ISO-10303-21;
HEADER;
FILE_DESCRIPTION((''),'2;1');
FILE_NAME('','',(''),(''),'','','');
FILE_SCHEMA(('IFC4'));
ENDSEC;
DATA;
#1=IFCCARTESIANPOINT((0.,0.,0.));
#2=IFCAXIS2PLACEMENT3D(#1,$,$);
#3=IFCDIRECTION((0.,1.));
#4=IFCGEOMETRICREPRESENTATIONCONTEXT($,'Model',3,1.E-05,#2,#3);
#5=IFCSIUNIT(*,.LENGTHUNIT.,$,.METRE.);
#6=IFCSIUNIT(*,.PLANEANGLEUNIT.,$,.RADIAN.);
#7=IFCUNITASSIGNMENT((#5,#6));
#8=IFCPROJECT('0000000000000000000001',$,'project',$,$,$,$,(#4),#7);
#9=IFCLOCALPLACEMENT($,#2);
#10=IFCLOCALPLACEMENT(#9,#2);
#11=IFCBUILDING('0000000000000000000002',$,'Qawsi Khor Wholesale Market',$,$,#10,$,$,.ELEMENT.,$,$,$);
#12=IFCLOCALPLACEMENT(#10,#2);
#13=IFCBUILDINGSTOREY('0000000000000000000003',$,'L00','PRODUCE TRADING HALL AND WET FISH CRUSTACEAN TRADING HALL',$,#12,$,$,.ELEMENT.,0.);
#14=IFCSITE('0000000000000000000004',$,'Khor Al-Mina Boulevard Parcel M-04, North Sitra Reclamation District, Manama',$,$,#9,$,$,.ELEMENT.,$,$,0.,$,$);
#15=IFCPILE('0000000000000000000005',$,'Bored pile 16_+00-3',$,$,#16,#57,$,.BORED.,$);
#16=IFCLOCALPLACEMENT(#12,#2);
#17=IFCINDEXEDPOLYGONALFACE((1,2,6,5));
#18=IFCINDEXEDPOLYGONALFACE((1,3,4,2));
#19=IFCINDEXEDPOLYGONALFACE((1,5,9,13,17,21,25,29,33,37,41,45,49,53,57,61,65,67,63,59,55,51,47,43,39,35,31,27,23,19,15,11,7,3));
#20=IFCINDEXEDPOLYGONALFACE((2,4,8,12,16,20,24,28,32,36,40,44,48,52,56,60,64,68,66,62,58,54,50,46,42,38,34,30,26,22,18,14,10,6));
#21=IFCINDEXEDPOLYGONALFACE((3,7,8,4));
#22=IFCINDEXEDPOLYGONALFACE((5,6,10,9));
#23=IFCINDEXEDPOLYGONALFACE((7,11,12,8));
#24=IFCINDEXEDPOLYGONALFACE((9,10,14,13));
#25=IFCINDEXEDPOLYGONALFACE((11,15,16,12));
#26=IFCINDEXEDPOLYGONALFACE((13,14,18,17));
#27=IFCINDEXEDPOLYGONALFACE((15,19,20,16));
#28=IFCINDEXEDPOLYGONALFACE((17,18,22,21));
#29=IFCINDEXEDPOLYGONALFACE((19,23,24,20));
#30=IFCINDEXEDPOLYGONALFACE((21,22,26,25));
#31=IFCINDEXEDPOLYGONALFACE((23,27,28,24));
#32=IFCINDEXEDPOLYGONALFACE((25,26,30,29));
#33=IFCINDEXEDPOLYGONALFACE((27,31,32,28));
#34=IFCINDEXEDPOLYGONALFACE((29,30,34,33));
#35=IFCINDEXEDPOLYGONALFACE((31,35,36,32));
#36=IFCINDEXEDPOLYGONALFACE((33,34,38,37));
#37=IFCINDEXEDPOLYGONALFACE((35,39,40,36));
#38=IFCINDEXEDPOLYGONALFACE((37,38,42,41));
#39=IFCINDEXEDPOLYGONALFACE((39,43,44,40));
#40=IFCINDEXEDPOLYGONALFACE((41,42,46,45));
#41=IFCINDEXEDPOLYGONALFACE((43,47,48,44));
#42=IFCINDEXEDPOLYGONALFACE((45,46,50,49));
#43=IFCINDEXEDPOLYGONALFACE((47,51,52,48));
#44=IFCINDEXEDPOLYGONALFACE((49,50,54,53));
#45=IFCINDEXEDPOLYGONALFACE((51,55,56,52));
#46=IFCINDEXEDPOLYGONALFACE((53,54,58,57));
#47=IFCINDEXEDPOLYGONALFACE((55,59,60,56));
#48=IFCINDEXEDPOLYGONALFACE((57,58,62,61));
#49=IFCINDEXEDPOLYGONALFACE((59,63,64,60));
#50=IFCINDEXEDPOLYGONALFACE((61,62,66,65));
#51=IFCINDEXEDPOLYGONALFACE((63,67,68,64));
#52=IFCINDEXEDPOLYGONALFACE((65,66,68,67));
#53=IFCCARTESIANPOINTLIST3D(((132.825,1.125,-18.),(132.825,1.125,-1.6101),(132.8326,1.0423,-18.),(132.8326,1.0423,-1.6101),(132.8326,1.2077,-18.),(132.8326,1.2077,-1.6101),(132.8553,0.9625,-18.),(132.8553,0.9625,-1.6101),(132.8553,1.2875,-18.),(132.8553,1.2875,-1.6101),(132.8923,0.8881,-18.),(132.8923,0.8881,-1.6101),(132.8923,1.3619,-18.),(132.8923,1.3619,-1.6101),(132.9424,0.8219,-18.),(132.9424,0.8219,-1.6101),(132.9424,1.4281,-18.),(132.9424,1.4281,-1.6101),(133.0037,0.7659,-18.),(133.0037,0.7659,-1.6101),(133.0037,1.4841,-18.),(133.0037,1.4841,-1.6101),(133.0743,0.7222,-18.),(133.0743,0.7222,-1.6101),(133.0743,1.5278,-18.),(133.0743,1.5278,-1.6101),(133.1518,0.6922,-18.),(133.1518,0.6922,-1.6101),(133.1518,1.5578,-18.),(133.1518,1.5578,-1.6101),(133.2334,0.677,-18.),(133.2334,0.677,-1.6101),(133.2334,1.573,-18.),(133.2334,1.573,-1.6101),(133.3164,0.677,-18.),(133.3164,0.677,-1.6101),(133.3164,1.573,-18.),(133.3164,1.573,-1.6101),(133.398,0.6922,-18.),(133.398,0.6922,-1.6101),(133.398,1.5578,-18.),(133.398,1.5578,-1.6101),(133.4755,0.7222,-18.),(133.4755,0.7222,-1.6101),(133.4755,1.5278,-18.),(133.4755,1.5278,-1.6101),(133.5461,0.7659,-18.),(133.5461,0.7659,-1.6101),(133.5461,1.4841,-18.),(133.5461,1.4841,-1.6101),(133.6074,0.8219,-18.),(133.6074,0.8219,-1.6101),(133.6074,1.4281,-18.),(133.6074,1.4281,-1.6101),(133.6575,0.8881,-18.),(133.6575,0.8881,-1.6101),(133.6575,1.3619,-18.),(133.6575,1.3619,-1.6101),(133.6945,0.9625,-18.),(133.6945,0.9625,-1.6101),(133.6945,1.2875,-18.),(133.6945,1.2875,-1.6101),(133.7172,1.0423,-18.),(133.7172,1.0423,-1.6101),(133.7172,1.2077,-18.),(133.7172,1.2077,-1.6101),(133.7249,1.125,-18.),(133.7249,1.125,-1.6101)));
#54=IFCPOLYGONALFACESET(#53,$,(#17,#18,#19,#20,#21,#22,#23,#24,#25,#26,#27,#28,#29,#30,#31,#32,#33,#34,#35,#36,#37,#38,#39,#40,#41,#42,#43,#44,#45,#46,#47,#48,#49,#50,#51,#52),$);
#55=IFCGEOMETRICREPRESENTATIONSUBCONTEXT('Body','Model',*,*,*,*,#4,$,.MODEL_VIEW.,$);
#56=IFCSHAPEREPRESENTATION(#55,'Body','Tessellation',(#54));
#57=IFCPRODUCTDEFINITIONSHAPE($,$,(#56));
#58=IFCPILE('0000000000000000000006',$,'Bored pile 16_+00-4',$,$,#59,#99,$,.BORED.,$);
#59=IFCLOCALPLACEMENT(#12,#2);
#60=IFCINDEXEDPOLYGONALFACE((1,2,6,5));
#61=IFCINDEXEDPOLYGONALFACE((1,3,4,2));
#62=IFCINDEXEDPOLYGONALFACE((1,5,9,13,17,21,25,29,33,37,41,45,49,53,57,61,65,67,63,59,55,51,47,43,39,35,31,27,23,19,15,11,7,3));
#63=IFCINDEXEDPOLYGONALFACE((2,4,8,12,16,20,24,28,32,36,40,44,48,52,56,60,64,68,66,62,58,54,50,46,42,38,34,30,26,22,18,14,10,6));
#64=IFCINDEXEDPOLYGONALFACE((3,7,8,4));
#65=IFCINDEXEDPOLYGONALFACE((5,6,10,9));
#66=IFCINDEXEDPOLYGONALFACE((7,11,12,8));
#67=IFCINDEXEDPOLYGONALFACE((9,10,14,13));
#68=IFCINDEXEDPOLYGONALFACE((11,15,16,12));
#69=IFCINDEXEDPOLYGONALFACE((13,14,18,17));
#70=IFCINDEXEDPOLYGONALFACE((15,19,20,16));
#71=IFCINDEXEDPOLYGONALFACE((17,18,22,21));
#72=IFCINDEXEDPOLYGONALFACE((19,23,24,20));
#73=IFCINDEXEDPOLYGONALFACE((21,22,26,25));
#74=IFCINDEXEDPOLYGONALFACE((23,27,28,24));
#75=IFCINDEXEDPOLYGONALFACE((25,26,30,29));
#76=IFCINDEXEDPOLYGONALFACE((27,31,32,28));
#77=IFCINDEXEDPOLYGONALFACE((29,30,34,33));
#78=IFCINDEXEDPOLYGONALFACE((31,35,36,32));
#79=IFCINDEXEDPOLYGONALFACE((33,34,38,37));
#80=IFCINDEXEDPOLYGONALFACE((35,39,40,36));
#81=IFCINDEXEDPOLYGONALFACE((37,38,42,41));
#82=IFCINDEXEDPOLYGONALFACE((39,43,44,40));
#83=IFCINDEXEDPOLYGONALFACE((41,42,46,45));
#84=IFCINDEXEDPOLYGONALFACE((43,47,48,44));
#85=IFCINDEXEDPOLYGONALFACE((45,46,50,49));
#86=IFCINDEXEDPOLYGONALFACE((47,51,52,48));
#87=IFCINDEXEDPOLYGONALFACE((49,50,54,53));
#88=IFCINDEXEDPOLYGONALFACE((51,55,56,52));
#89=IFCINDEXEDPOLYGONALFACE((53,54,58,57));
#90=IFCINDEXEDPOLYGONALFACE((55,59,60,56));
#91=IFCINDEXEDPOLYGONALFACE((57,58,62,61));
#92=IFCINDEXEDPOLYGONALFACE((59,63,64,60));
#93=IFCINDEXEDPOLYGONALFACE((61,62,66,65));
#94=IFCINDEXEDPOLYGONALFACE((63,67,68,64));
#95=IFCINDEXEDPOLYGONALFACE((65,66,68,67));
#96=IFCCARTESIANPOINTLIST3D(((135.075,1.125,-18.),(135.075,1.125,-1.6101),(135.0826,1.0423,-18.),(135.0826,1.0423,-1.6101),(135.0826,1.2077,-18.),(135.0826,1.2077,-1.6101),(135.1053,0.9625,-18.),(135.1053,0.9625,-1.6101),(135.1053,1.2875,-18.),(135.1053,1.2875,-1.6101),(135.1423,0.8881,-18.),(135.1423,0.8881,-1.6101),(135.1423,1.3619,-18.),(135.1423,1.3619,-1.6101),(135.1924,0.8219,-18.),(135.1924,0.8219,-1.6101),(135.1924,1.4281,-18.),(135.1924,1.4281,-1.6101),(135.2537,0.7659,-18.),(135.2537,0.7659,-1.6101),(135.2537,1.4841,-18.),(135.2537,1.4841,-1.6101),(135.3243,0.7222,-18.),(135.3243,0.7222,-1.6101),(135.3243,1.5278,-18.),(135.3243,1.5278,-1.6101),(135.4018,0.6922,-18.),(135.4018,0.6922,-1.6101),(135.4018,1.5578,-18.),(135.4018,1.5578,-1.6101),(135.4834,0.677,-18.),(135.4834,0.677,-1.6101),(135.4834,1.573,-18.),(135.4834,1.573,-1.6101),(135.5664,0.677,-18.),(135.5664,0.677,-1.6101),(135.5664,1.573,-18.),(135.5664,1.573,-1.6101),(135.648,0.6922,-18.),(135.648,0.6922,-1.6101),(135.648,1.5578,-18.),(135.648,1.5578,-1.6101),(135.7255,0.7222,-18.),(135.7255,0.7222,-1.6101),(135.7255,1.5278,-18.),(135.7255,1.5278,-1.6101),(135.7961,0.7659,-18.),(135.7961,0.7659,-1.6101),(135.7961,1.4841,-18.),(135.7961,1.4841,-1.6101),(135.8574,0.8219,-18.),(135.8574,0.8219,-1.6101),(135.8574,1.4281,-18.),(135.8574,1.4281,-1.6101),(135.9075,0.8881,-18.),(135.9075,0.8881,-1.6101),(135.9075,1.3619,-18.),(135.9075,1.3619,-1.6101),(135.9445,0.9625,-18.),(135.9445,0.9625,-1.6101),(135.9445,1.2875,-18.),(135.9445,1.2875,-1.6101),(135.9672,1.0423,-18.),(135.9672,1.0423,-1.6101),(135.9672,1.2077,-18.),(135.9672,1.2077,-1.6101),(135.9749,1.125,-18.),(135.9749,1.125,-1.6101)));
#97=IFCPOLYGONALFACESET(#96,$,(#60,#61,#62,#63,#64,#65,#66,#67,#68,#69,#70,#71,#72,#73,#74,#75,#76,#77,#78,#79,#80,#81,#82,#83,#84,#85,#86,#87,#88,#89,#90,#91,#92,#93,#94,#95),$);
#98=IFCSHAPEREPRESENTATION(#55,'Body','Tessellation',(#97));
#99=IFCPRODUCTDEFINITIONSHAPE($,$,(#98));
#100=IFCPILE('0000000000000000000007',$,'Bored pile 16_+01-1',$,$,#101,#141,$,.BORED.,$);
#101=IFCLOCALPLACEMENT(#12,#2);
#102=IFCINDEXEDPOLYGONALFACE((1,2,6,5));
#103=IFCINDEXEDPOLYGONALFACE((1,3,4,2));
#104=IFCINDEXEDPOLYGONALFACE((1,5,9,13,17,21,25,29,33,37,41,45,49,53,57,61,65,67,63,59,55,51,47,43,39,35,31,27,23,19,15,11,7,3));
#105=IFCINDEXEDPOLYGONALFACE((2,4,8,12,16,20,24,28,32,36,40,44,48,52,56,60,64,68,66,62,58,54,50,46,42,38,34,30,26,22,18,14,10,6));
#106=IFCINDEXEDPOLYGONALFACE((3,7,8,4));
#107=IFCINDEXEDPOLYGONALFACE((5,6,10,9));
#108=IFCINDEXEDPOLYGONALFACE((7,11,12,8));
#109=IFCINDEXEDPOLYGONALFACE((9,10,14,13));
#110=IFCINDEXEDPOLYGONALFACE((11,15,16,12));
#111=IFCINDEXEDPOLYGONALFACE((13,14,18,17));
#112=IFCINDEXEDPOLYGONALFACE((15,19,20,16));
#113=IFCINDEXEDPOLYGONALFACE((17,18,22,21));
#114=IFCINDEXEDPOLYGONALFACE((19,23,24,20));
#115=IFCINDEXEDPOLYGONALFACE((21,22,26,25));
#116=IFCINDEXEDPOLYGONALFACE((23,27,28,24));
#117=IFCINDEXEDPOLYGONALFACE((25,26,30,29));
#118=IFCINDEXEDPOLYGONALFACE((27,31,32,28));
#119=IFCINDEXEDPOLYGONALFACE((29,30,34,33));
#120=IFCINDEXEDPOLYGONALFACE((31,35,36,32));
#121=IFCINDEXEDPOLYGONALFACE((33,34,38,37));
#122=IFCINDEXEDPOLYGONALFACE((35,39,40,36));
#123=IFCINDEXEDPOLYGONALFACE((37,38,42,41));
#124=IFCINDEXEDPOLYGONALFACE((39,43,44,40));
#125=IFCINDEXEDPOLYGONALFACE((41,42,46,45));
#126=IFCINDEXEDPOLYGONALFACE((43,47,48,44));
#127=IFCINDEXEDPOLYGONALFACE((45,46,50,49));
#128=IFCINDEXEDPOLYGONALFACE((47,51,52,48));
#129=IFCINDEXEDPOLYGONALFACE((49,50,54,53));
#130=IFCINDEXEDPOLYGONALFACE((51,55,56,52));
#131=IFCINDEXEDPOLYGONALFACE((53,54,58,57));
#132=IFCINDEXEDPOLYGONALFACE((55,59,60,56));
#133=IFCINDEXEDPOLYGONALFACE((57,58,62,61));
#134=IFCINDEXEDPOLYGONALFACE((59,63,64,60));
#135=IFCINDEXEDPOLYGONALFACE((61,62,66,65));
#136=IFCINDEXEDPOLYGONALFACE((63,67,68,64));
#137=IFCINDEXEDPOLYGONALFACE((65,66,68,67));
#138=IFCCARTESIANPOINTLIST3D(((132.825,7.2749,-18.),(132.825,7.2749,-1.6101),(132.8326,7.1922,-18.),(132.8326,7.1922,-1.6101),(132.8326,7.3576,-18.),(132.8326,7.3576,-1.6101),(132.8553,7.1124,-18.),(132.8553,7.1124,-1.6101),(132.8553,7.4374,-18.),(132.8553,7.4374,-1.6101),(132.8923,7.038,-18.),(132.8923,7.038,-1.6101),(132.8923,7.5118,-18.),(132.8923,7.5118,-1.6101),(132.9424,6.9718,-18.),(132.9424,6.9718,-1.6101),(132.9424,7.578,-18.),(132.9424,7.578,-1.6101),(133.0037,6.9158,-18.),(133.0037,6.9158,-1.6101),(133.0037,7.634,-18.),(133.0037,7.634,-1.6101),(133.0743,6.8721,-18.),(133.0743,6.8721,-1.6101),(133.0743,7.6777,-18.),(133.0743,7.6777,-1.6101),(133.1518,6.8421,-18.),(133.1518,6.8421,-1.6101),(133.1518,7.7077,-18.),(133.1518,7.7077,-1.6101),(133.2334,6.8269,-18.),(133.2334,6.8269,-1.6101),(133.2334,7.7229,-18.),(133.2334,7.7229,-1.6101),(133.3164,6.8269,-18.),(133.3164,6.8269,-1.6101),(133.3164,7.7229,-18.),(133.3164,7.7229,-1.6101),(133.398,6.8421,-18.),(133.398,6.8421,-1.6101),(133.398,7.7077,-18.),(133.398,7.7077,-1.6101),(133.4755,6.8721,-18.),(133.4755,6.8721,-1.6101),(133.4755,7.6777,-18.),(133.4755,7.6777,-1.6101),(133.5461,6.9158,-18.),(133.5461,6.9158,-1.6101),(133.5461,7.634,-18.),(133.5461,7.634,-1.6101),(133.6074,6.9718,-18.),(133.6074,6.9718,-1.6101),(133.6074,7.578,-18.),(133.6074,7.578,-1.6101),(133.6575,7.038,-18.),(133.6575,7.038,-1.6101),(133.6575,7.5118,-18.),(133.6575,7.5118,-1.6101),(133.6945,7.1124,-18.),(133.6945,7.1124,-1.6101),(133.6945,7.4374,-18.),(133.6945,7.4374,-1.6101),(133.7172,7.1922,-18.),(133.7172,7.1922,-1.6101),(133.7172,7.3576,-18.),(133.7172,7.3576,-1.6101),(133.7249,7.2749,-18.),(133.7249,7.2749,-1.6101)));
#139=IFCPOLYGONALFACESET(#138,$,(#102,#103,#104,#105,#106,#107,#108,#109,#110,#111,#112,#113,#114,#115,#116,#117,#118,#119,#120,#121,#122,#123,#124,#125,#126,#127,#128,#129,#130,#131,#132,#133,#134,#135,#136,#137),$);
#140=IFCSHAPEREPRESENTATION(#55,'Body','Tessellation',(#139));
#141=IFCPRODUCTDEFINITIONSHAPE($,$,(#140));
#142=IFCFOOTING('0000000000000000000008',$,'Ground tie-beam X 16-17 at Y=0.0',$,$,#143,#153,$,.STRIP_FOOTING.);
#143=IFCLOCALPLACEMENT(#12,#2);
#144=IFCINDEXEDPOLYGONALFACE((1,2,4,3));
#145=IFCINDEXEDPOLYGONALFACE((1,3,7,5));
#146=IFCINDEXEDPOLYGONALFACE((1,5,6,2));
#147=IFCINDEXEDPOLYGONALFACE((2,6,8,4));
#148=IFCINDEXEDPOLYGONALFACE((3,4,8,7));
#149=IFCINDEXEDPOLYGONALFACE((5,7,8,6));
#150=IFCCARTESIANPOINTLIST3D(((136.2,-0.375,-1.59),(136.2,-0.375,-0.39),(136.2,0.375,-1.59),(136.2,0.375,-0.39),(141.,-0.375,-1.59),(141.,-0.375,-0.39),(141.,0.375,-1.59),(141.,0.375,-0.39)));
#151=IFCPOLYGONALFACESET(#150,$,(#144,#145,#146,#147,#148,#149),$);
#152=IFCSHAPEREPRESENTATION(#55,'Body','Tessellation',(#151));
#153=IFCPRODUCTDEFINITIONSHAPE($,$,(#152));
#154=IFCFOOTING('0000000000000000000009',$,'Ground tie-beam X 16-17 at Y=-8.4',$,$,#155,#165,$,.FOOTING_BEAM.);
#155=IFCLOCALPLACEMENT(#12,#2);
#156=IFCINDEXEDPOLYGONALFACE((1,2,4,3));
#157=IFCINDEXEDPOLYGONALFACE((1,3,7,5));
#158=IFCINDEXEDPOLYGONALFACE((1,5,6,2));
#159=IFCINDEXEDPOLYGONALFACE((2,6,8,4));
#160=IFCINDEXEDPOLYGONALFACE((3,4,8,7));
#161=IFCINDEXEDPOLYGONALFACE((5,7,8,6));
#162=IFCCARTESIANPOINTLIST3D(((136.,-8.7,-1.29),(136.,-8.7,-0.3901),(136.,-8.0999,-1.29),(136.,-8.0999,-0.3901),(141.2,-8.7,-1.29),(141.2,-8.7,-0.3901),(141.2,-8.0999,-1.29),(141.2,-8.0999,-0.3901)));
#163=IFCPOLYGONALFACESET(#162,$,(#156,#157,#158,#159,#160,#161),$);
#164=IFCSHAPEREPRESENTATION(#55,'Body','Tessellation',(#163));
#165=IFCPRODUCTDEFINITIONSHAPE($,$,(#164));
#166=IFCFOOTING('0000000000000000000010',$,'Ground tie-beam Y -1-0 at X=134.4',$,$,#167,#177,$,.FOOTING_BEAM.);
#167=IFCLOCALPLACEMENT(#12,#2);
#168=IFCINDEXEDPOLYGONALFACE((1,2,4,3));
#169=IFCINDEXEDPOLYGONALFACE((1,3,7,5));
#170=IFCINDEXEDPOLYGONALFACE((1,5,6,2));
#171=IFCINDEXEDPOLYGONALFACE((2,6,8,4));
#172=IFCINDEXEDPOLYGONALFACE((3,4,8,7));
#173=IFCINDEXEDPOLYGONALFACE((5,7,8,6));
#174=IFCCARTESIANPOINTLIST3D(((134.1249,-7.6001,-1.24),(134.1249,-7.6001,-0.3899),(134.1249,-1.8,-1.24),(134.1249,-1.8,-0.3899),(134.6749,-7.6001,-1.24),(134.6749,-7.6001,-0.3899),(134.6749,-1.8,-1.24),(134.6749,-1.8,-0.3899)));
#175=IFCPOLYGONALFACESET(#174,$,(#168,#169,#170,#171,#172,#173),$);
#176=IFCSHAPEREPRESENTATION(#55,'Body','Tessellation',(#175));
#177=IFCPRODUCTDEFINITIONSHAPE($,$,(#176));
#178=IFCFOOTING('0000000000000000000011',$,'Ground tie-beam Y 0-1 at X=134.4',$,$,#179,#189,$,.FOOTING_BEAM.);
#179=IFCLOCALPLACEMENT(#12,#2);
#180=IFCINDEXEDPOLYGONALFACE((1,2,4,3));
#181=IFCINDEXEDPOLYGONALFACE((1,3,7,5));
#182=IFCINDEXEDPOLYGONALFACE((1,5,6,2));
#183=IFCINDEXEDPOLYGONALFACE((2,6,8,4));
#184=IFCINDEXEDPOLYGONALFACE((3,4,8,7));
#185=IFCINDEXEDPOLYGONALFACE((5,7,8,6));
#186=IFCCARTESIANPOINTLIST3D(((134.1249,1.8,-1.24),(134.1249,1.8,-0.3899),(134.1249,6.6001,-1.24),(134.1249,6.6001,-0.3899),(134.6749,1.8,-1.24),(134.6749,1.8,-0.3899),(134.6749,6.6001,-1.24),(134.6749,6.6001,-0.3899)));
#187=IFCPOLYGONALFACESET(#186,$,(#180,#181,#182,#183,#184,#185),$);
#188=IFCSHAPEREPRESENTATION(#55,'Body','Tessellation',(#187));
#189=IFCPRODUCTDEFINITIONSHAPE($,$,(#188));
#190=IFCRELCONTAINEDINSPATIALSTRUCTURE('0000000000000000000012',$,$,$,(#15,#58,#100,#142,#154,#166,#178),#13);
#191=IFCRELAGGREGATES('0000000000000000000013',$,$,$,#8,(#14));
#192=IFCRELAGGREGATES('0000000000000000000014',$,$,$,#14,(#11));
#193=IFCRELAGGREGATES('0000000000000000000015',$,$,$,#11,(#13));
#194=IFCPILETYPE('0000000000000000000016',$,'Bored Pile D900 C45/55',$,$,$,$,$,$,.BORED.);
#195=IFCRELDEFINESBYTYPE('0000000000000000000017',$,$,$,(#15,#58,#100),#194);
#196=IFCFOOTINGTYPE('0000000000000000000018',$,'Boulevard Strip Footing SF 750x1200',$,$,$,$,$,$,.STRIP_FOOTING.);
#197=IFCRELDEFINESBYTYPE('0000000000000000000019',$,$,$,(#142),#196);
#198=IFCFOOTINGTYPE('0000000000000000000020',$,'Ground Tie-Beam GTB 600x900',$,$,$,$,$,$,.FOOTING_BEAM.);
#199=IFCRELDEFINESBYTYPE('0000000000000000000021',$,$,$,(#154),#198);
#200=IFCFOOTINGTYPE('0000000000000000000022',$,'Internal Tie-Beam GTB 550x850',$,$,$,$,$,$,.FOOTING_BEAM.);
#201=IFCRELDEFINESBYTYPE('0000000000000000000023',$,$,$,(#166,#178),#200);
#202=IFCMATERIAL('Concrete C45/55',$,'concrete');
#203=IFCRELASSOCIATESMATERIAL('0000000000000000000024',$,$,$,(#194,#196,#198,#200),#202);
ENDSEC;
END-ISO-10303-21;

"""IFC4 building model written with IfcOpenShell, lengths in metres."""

from ifc_helpers import new_model, si_unit, direction, frame, origin, origin_2d, place, context, subcontext, project, spatial, rectangle, circle, extrude, material, material_profile, profile_set, type_object, element, save


model = new_model("IFC4")

# Units and contexts
model_context = context("Model", 3, precision=1e-05, world=origin(), true_north=direction((0.0, 1.0)))
body_context = subcontext(model_context, "Body", "Model", "MODEL_VIEW")
ifc_project = project(units=[si_unit("LENGTHUNIT", "METRE"), si_unit("PLANEANGLEUNIT", "RADIAN")], contexts=[model_context])

# Site, building, storey
site_placement = place(None, origin())
site = spatial("IfcSite", under=ifc_project, at=site_placement, Name="Khor Al-Mina Boulevard Parcel M-04, North Sitra Reclamation District, Manama", CompositionType="ELEMENT", RefElevation=0.0)
building_placement = place(site_placement, origin())
building = spatial("IfcBuilding", under=site, at=building_placement, Name="Qawsi Khor Wholesale Market", CompositionType="ELEMENT")
storey_placement = place(building_placement, origin())
storey = spatial("IfcBuildingStorey", under=building, at=storey_placement, Name="L00", Description="PRODUCE TRADING HALL AND WET FISH CRUSTACEAN TRADING HALL", CompositionType="ELEMENT", Elevation=0.0)

# Piles
ifc_material_1 = material(Name="Concrete C45/55", Category="concrete")
ifc_material_profile_1 = material_profile(ifc_material_1, circle(Radius=0.45, at=origin_2d()), Name="PILE D900")
ifc_profile_set_1 = profile_set([ifc_material_profile_1], Name="Concrete C45/55")
pile_type_1 = type_object("IfcPileType", Name="Bored Pile D900 C45/55", PredefinedType="BORED", material=ifc_profile_set_1)
for number, where, z_axis, x_axis, name in (
    (1, (133.2749, 1.125, -1.6101), (0.0, 0.0, -1.0), (1.0, 0.0, 0.0), "Bored pile 16_+00-3"),
    (2, (135.5249, 1.125, -1.6101), (0.0, 0.0, -1.0), (1.0, 0.0, 0.0), "Bored pile 16_+00-4"),
    (3, (133.2749, 7.2749, -1.6101), (0.0, 0.0, -1.0), (1.0, 0.0, 0.0), "Bored pile 16_+01-1"),
):
    element("IfcPile", number, at=place(storey_placement, frame(where, z_axis=z_axis, x_axis=x_axis)), inside=storey, type_object=pile_type_1, Name=name, PredefinedType="BORED", context=body_context, shape_type="SweptSolid", body=[
        extrude(circle(Radius=0.45, at=origin_2d()), origin(), (0.0, 0.0, 1.0), 16.3899),
    ])

# Footings
ifc_material_profile_2 = material_profile(ifc_material_1, rectangle(XDim=0.75, YDim=1.2, at=origin_2d()), Name="RC 750x1200")
ifc_profile_set_2 = profile_set([ifc_material_profile_2], Name="Concrete C45/55")
footing_type_1 = type_object("IfcFootingType", Name="Boulevard Strip Footing SF 750x1200", PredefinedType="STRIP_FOOTING", material=ifc_profile_set_2)
footing_1_placement = place(storey_placement, frame((136.2, 0.0, -0.99), z_axis=(1.0, 0.0, 0.0), x_axis=(0.0, 1.0, 0.0)))
element("IfcFooting", 4, at=footing_1_placement, inside=storey, type_object=footing_type_1, Name="Ground tie-beam X 16-17 at Y=0.0", PredefinedType="STRIP_FOOTING", context=body_context, shape_type="SweptSolid", body=[
    extrude(rectangle(XDim=0.75, YDim=1.2, at=origin_2d()), origin(), (0.0, 0.0, 1.0), 4.8),
])
ifc_material_profile_3 = material_profile(ifc_material_1, rectangle(XDim=0.6001, YDim=0.8999, at=origin_2d()), Name="RC 600x900")
ifc_profile_set_3 = profile_set([ifc_material_profile_3], Name="Concrete C45/55")
footing_type_2 = type_object("IfcFootingType", Name="Ground Tie-Beam GTB 600x900", PredefinedType="FOOTING_BEAM", material=ifc_profile_set_3)
footing_2_placement = place(storey_placement, frame((136.0, -8.3999, -0.8401), z_axis=(1.0, 0.0, 0.0), x_axis=(0.0, 1.0, 0.0)))
element("IfcFooting", 5, at=footing_2_placement, inside=storey, type_object=footing_type_2, Name="Ground tie-beam X 16-17 at Y=-8.4", PredefinedType="FOOTING_BEAM", context=body_context, shape_type="SweptSolid", body=[
    extrude(rectangle(XDim=0.6001, YDim=0.8999, at=origin_2d()), origin(), (0.0, 0.0, 1.0), 5.2),
])
ifc_material_profile_4 = material_profile(ifc_material_1, rectangle(XDim=0.55, YDim=0.8501, at=origin_2d()), Name="RC 550x850")
ifc_profile_set_4 = profile_set([ifc_material_profile_4], Name="Concrete C45/55")
footing_type_3 = type_object("IfcFootingType", Name="Internal Tie-Beam GTB 550x850", PredefinedType="FOOTING_BEAM", material=ifc_profile_set_4)
footing_3_placement = place(storey_placement, frame((134.3999, -7.6001, -0.8149), z_axis=(0.0, 1.0, 0.0), x_axis=(-1.0, 0.0, 0.0)))
element("IfcFooting", 6, at=footing_3_placement, inside=storey, type_object=footing_type_3, Name="Ground tie-beam Y -1-0 at X=134.4", PredefinedType="FOOTING_BEAM", context=body_context, shape_type="SweptSolid", body=[
    extrude(rectangle(XDim=0.55, YDim=0.8501, at=origin_2d()), origin(), (0.0, 0.0, 1.0), 5.8),
])
footing_4_placement = place(storey_placement, frame((134.3999, 1.8, -0.8149), z_axis=(0.0, 1.0, 0.0), x_axis=(-1.0, 0.0, 0.0)))
element("IfcFooting", 7, at=footing_4_placement, inside=storey, type_object=footing_type_3, Name="Ground tie-beam Y 0-1 at X=134.4", PredefinedType="FOOTING_BEAM", context=body_context, shape_type="SweptSolid", body=[
    extrude(rectangle(XDim=0.55, YDim=0.8501, at=origin_2d()), origin(), (0.0, 0.0, 1.0), 4.8),
])

save(model, "model.ifc")
